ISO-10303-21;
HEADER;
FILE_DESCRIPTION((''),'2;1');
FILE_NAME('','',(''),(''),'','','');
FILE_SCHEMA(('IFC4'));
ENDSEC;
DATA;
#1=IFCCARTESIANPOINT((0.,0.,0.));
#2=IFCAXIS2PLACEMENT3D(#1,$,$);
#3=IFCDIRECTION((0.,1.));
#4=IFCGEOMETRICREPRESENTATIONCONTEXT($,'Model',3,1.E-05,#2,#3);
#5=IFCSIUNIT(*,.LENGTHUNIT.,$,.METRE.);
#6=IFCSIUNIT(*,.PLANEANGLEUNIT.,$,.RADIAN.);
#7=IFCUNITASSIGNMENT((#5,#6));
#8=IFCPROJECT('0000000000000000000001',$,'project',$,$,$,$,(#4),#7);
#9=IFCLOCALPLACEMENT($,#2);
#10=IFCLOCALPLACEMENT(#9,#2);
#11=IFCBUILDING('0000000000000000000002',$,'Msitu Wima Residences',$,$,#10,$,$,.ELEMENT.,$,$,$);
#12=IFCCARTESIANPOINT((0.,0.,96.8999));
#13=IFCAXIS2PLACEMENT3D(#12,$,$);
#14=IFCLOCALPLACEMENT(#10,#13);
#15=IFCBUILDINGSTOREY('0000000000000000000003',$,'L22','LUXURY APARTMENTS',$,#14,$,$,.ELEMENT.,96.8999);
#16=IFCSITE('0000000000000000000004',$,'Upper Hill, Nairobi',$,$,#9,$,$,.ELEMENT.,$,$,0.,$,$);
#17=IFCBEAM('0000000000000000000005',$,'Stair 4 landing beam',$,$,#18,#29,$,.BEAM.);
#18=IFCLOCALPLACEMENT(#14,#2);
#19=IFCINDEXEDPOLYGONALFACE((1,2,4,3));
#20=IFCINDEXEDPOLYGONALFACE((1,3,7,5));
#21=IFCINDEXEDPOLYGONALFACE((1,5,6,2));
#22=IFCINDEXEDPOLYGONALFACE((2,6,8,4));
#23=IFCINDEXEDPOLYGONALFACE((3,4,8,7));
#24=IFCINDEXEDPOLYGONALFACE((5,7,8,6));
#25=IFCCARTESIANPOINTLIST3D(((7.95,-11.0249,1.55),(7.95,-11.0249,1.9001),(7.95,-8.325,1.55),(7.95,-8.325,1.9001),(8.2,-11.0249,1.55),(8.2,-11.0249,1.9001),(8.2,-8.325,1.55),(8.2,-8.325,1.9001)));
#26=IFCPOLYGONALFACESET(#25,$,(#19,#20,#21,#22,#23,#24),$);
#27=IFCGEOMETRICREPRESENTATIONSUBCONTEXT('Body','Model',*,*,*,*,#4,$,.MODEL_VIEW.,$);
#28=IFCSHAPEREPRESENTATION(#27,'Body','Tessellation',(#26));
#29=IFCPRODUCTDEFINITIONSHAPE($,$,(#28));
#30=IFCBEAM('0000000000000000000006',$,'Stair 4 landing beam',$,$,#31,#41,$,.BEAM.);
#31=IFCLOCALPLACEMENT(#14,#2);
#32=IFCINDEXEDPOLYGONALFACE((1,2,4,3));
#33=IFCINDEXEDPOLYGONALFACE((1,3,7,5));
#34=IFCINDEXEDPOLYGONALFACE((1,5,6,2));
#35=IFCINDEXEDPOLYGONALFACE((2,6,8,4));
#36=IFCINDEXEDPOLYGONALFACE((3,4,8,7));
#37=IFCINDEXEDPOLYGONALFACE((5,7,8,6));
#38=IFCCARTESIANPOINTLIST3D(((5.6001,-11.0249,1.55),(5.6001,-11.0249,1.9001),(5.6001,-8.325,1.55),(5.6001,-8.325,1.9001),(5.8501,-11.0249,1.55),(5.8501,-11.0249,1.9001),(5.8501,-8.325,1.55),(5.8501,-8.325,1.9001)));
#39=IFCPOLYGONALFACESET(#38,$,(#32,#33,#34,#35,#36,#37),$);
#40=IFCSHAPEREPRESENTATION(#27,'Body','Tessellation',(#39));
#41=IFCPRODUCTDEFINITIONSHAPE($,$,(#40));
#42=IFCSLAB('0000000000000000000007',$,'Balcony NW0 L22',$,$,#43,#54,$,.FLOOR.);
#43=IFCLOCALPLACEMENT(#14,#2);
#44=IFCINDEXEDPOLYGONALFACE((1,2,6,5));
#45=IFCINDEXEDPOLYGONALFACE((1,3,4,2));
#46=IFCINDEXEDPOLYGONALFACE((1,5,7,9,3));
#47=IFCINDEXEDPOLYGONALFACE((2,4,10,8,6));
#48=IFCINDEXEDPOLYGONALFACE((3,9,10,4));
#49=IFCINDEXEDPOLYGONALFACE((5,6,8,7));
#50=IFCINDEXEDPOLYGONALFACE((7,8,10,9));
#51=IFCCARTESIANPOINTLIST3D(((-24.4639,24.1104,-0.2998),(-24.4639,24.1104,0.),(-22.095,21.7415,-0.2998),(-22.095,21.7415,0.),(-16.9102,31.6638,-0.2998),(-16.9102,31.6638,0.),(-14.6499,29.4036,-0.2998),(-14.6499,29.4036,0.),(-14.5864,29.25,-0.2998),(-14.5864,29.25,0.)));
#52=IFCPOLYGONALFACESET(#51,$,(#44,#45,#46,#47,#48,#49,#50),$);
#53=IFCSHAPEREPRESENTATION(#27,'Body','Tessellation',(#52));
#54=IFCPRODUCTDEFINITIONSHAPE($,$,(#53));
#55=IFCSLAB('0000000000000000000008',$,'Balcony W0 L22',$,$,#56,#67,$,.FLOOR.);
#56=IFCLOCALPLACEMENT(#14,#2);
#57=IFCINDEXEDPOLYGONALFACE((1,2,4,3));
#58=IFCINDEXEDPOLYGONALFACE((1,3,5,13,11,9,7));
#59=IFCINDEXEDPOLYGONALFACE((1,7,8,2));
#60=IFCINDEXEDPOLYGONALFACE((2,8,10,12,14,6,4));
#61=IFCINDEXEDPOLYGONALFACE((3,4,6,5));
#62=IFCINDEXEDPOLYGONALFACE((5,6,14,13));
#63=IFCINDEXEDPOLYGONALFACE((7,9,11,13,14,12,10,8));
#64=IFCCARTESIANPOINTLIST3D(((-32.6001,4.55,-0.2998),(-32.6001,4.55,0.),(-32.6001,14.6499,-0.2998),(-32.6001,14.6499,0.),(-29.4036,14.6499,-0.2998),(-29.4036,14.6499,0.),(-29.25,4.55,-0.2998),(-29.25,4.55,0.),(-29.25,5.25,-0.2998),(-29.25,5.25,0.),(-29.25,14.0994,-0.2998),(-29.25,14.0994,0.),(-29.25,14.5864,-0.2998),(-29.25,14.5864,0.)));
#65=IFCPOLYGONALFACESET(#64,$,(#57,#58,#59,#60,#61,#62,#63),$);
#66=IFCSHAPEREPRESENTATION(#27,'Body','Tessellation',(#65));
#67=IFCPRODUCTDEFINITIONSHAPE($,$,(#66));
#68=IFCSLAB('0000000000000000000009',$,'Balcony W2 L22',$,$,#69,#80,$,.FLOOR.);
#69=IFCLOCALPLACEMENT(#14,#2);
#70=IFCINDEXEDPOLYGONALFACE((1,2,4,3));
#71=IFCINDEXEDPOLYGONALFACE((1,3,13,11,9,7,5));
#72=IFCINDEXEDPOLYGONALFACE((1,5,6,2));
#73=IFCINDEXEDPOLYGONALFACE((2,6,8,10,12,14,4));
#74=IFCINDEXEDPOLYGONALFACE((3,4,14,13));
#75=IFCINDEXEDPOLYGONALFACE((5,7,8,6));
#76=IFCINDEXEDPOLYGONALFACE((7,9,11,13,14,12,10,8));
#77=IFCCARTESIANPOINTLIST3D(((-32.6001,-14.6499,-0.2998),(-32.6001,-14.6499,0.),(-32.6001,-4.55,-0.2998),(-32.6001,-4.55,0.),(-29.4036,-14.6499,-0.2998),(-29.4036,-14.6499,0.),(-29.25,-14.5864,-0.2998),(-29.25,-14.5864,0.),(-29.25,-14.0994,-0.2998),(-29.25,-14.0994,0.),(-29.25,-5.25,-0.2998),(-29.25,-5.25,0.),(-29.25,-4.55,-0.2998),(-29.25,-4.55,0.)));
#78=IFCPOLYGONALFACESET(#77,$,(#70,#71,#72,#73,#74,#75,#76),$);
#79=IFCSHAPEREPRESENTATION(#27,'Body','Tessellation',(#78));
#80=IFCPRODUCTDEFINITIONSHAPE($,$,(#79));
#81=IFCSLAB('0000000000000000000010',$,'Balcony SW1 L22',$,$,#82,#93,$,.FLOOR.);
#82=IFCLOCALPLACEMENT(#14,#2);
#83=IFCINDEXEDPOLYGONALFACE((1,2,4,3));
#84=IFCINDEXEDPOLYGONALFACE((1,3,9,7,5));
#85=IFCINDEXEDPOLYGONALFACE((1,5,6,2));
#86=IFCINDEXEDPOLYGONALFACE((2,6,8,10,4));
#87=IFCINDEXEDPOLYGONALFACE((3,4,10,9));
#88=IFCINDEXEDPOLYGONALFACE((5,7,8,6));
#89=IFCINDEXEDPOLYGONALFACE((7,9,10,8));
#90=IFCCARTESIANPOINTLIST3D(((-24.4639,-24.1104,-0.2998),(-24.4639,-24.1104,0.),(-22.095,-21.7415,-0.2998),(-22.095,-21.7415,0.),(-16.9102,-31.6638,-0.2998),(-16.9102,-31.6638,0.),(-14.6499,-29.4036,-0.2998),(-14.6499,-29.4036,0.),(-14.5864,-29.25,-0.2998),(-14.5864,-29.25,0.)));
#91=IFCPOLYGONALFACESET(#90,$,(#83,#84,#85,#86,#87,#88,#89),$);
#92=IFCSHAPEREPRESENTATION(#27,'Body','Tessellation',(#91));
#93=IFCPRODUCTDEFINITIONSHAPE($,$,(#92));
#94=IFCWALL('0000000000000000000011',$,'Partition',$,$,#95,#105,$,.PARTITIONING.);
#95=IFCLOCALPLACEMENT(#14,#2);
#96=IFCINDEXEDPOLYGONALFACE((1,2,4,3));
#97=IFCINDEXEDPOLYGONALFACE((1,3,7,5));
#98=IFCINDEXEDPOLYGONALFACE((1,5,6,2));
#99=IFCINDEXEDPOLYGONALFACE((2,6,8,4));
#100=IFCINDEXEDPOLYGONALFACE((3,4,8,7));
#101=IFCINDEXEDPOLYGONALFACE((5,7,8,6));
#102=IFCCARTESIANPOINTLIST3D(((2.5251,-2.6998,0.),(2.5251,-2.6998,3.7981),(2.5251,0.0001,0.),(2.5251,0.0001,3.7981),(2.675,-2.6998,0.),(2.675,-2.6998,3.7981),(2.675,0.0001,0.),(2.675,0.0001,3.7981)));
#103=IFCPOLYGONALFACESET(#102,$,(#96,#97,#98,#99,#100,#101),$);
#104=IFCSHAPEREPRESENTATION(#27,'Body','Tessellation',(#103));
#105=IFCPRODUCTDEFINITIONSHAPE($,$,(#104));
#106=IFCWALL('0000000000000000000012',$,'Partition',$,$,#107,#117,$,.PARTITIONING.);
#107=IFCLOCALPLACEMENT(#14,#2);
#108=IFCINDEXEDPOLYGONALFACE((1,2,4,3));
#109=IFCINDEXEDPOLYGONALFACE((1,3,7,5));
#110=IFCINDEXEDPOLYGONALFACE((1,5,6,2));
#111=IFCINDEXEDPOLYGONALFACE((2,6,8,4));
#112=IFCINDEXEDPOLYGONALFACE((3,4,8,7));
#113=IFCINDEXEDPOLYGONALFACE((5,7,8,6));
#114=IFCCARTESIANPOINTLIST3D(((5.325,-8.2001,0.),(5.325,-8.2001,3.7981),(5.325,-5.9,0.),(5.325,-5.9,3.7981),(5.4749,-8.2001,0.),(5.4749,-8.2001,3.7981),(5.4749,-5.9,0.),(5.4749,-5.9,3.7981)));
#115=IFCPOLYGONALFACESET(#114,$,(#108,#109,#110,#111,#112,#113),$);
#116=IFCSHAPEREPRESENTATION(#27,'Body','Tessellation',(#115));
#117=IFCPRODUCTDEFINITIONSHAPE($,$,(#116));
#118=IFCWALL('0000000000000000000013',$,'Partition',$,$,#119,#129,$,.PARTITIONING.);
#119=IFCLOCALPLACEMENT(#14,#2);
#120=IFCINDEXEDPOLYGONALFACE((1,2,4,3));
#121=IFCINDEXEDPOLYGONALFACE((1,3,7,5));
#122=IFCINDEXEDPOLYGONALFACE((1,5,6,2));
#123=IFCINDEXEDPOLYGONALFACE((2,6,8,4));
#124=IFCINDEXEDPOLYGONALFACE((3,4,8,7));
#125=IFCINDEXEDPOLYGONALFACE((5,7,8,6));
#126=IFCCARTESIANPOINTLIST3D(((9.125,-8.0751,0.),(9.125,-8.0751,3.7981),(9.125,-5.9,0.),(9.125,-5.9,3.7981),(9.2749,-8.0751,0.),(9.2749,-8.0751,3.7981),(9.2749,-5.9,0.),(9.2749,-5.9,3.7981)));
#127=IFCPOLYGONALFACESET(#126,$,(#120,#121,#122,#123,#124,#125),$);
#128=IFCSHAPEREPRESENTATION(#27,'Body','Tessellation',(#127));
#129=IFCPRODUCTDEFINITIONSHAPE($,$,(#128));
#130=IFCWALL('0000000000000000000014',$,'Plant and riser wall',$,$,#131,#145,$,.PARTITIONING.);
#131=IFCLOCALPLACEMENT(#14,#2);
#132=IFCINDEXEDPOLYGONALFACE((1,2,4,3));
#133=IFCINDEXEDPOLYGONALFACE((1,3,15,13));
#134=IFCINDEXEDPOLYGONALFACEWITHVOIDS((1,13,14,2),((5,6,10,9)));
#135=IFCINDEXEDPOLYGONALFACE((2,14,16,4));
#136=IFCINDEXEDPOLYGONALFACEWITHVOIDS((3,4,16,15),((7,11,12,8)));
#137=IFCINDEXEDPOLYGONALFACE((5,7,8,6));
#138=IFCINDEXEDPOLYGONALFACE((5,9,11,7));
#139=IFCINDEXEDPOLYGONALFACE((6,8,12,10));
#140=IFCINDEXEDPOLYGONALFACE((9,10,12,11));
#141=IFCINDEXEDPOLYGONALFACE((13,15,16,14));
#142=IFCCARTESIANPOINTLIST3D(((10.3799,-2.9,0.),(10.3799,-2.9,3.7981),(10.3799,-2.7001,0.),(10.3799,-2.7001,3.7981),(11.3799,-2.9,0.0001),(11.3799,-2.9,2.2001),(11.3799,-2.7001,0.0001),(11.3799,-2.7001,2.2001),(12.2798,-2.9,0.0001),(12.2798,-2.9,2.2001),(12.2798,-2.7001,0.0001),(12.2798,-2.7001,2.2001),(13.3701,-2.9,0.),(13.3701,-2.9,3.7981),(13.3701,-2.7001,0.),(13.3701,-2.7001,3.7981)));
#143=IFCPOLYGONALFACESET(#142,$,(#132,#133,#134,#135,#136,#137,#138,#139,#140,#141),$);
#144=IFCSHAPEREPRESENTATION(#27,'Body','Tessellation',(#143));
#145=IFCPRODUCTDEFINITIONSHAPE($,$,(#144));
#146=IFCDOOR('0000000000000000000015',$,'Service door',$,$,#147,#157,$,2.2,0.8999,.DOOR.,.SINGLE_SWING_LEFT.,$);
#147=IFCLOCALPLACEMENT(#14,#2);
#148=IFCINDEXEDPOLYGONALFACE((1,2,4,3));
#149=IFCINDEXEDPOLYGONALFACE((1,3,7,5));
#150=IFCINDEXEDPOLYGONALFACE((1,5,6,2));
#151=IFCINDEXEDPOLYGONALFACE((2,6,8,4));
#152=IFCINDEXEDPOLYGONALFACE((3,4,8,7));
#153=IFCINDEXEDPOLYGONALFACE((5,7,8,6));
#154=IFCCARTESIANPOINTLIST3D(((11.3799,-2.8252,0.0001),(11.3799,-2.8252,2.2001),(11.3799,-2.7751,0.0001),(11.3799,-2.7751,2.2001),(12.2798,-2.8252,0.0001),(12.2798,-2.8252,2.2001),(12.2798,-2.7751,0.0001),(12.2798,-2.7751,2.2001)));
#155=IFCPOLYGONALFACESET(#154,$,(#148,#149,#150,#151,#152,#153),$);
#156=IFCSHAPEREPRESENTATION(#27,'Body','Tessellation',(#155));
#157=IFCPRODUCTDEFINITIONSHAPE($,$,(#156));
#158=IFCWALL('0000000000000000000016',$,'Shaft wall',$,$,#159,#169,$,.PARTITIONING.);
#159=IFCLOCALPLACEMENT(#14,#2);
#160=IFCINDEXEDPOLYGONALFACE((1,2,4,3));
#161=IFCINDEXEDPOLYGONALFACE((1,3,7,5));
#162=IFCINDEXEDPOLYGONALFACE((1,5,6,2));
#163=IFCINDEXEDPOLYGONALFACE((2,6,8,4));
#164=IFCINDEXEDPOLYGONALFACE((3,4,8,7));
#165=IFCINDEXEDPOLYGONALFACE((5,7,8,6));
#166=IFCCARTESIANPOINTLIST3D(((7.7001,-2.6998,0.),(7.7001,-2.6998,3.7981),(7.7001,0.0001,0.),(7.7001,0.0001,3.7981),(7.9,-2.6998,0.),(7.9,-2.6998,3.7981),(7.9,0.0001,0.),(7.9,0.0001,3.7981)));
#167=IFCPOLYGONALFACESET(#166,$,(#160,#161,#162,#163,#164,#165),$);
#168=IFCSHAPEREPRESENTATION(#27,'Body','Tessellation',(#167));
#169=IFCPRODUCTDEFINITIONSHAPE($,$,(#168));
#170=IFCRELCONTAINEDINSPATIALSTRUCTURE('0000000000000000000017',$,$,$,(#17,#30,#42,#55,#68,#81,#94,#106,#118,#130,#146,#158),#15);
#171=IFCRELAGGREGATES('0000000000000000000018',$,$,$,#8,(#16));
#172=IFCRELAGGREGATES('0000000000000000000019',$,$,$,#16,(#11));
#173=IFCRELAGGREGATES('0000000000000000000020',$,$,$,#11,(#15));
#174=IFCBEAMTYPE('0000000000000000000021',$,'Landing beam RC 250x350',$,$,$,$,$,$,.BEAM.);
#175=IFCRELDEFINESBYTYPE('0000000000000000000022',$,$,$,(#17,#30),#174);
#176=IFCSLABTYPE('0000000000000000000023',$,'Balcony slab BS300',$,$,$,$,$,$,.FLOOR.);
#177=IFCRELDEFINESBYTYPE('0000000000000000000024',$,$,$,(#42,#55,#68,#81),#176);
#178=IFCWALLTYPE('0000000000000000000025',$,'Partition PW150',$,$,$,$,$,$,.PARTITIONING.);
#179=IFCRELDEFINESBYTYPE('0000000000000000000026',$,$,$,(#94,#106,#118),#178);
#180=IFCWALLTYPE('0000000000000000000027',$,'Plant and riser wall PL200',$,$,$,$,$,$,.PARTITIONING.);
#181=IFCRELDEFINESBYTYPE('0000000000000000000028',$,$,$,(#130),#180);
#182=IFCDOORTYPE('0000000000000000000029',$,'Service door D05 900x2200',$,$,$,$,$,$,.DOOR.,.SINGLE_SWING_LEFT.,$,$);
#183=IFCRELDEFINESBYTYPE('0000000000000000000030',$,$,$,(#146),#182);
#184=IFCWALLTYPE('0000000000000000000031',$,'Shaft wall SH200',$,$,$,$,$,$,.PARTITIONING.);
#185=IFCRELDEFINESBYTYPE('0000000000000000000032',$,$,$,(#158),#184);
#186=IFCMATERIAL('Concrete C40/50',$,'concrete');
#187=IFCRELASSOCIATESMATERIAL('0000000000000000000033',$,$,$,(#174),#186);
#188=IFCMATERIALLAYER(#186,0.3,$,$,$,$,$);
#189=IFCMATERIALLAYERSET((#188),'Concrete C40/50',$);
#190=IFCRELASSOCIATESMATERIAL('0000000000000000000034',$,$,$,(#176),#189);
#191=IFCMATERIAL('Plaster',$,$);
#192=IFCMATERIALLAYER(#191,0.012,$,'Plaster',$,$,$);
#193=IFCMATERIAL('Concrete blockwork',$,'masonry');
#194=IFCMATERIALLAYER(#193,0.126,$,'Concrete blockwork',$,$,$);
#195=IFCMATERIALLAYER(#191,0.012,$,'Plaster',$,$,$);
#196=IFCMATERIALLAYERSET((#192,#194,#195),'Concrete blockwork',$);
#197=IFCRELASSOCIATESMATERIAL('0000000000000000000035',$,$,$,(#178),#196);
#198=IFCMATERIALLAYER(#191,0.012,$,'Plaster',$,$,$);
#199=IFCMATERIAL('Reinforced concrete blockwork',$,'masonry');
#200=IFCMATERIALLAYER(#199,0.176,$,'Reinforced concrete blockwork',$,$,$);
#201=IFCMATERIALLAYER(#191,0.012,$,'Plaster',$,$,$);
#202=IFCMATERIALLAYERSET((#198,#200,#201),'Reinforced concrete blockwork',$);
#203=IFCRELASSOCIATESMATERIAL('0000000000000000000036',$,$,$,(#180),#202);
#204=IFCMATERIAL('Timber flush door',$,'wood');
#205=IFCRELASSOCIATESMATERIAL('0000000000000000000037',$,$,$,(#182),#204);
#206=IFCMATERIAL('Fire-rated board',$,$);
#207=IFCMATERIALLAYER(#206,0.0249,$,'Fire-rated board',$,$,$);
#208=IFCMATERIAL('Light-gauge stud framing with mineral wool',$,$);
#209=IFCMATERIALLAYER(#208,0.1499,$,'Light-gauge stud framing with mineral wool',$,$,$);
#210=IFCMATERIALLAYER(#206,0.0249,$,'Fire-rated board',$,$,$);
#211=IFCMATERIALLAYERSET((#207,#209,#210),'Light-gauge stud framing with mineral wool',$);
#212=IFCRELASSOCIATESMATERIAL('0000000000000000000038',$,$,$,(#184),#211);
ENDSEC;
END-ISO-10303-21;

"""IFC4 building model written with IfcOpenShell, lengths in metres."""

from ifc_helpers import new_model, si_unit, direction, frame, frame_2d, origin, origin_2d, place, context, subcontext, project, spatial, polyline, rectangle, outline, extrude, material, layer, layer_set, material_profile, profile_set, type_object, element, fill, save


model = new_model("IFC4")

# Units and contexts
model_context = context("Model", 3, precision=1e-05, world=origin(), true_north=direction((0.0, 1.0)))
body_context = subcontext(model_context, "Body", "Model", "MODEL_VIEW")
ifc_project = project(units=[si_unit("LENGTHUNIT", "METRE"), si_unit("PLANEANGLEUNIT", "RADIAN")], contexts=[model_context])

# Site, building, storey
site_placement = place(None, origin())
site = spatial("IfcSite", under=ifc_project, at=site_placement, Name="Upper Hill, Nairobi", CompositionType="ELEMENT", RefElevation=0.0)
building_placement = place(site_placement, origin())
building = spatial("IfcBuilding", under=site, at=building_placement, Name="Msitu Wima Residences", CompositionType="ELEMENT")
storey_placement = place(building_placement, frame((0.0, 0.0, 96.8999)))
storey = spatial("IfcBuildingStorey", under=building, at=storey_placement, Name="L22", Description="LUXURY APARTMENTS", CompositionType="ELEMENT", Elevation=96.8999)

# Beams
ifc_material_1 = material(Name="Concrete C40/50", Category="concrete")
ifc_material_profile = material_profile(ifc_material_1, rectangle(XDim=0.25, YDim=0.3501, at=origin_2d()), Name="RC 250x350")
ifc_profile_set = profile_set([ifc_material_profile], Name="Concrete C40/50")
beam_type = type_object("IfcBeamType", Name="Landing beam RC 250x350", PredefinedType="BEAM", material=ifc_profile_set)
for number, where, z_axis, x_axis, name in (
    (1, (8.075, -11.0249, 1.7251), (0.0, 1.0, 0.0), (-1.0, 0.0, 0.0), "Stair 4 landing beam"),
    (2, (5.7251, -11.0249, 1.7251), (0.0, 1.0, 0.0), (-1.0, 0.0, 0.0), "Stair 4 landing beam"),
):
    element("IfcBeam", number, at=place(storey_placement, frame(where, z_axis=z_axis, x_axis=x_axis)), inside=storey, type_object=beam_type, Name=name, PredefinedType="BEAM", context=body_context, shape_type="SweptSolid", body=[
        extrude(rectangle(XDim=0.25, YDim=0.3501, at=origin_2d()), origin(), (0.0, 0.0, 1.0), 2.7),
    ])

# Slabs
ifc_layer_1 = layer(ifc_material_1, 0.3)
ifc_layer_set_1 = layer_set([ifc_layer_1], Name="Concrete C40/50")
slab_type = type_object("IfcSlabType", Name="Balcony slab BS300", PredefinedType="FLOOR", material=ifc_layer_set_1)
slab_1_placement = place(storey_placement, frame((0.0, 0.0, -0.2998)))
element("IfcSlab", 3, at=slab_1_placement, inside=storey, type_object=slab_type, Name="Balcony NW0 L22", PredefinedType="FLOOR", context=body_context, shape_type="SweptSolid", body=[
    extrude(outline(polyline([(-24.4639, 24.1104), (-16.9102, 31.6638), (-14.6499, 29.4036), (-14.5864, 29.25), (-22.095, 21.7415), (-24.4639, 24.1104)])), origin(), (0.0, 0.0, 1.0), 0.2998),
])
slab_2_placement = place(storey_placement, frame((0.0, 0.0, -0.2998)))
element("IfcSlab", 4, at=slab_2_placement, inside=storey, type_object=slab_type, Name="Balcony W0 L22", PredefinedType="FLOOR", context=body_context, shape_type="SweptSolid", body=[
    extrude(outline(polyline([(-29.25, 14.0994), (-29.25, 14.0994), (-29.25, 5.25), (-29.25, 4.55), (-32.6001, 4.55), (-32.6001, 14.6499), (-29.4036, 14.6499), (-29.25, 14.5864), (-29.25, 14.0994), (-29.25, 14.0994)])), origin(), (0.0, 0.0, 1.0), 0.2998),
])
slab_3_placement = place(storey_placement, frame((0.0, 0.0, -0.2998)))
element("IfcSlab", 5, at=slab_3_placement, inside=storey, type_object=slab_type, Name="Balcony W2 L22", PredefinedType="FLOOR", context=body_context, shape_type="SweptSolid", body=[
    extrude(outline(polyline([(-29.25, -14.0994), (-29.25, -14.0994), (-29.25, -14.0994), (-29.25, -14.5864), (-29.4036, -14.6499), (-32.6001, -14.6499), (-32.6001, -4.55), (-29.25, -4.55), (-29.25, -5.25), (-29.25, -14.0994)])), origin(), (0.0, 0.0, 1.0), 0.2998),
])
slab_4_placement = place(storey_placement, frame((0.0, 0.0, -0.2998)))
element("IfcSlab", 6, at=slab_4_placement, inside=storey, type_object=slab_type, Name="Balcony SW1 L22", PredefinedType="FLOOR", context=body_context, shape_type="SweptSolid", body=[
    extrude(outline(polyline([(-16.9102, -31.6638), (-24.4639, -24.1104), (-22.095, -21.7415), (-14.5864, -29.25), (-14.6499, -29.4036), (-16.9102, -31.6638)])), origin(), (0.0, 0.0, 1.0), 0.2998),
])

# Walls
ifc_material_2 = material(Name="Plaster")
ifc_layer_2 = layer(ifc_material_2, 0.012, Name="Plaster")
ifc_material_3 = material(Name="Concrete blockwork", Category="masonry")
ifc_layer_3 = layer(ifc_material_3, 0.126, Name="Concrete blockwork")
ifc_layer_4 = layer(ifc_material_2, 0.012, Name="Plaster")
ifc_layer_set_2 = layer_set([ifc_layer_2, ifc_layer_3, ifc_layer_4], Name="Concrete blockwork")
wall_type_1 = type_object("IfcWallType", Name="Partition PW150", PredefinedType="PARTITIONING", material=ifc_layer_set_2)
wall_1_placement = place(storey_placement, frame((2.6001, -2.7, 0.0), z_axis=(0.0, 0.0, 1.0), x_axis=(0.0, 1.0, 0.0)))
element("IfcWall", 7, at=wall_1_placement, inside=storey, type_object=wall_type_1, Name="Partition", PredefinedType="PARTITIONING", context=body_context, shape_type="SweptSolid", body=[
    extrude(rectangle(XDim=2.7, YDim=0.1499, at=frame_2d((1.3501, 0.0))), origin(), (0.0, 0.0, 1.0), 3.7981),
])
wall_2_placement = place(storey_placement, frame((5.3999, -8.2, 0.0), z_axis=(0.0, 0.0, 1.0), x_axis=(0.0, 1.0, 0.0)))
element("IfcWall", 8, at=wall_2_placement, inside=storey, type_object=wall_type_1, Name="Partition", PredefinedType="PARTITIONING", context=body_context, shape_type="SweptSolid", body=[
    extrude(rectangle(XDim=2.3, YDim=0.1499, at=frame_2d((1.1499, 0.0))), origin(), (0.0, 0.0, 1.0), 3.7981),
])
wall_3_placement = place(storey_placement, frame((9.2, -8.075, 0.0), z_axis=(0.0, 0.0, 1.0), x_axis=(0.0, 1.0, 0.0)))
element("IfcWall", 9, at=wall_3_placement, inside=storey, type_object=wall_type_1, Name="Partition", PredefinedType="PARTITIONING", context=body_context, shape_type="SweptSolid", body=[
    extrude(rectangle(XDim=2.175, YDim=0.1499, at=frame_2d((1.0874, 0.0))), origin(), (0.0, 0.0, 1.0), 3.7981),
])

# Wall, opening, door
ifc_layer_5 = layer(ifc_material_2, 0.012, Name="Plaster")
ifc_material_4 = material(Name="Reinforced concrete blockwork", Category="masonry")
ifc_layer_6 = layer(ifc_material_4, 0.176, Name="Reinforced concrete blockwork")
ifc_layer_7 = layer(ifc_material_2, 0.012, Name="Plaster")
ifc_layer_set_3 = layer_set([ifc_layer_5, ifc_layer_6, ifc_layer_7], Name="Reinforced concrete blockwork")
wall_type_2 = type_object("IfcWallType", Name="Plant and riser wall PL200", PredefinedType="PARTITIONING", material=ifc_layer_set_3)
wall_4_placement = place(storey_placement, frame((10.3799, -2.8, 0.0), z_axis=(0.0, 0.0, 1.0), x_axis=(1.0, 0.0, 0.0)))
wall_4 = element("IfcWall", 10, at=wall_4_placement, inside=storey, type_object=wall_type_2, Name="Plant and riser wall", PredefinedType="PARTITIONING", context=body_context, shape_type="SweptSolid", body=[
    extrude(rectangle(XDim=2.9902, YDim=0.2, at=frame_2d((1.4951, 0.0))), origin(), (0.0, 0.0, 1.0), 3.7981),
])
opening_placement = place(wall_4_placement, frame((1.0, 0.0, 0.0)))
opening = element("IfcOpeningElement", 11, at=opening_placement, cuts=wall_4, PredefinedType="OPENING", context=body_context, shape_type="SweptSolid", body=[
    extrude(rectangle(XDim=0.8999, YDim=2.2, at=frame_2d((0.45, 1.1001))), frame((0.0, 0.1099, 0.0), z_axis=(0.0, -1.0, 0.0), x_axis=(1.0, 0.0, 0.0)), (0.0, 0.0, 1.0), 0.22),
])
ifc_material_5 = material(Name="Timber flush door", Category="wood")
door_type = type_object("IfcDoorType", Name="Service door D05 900x2200", OperationType="SINGLE_SWING_LEFT", PredefinedType="DOOR", material=ifc_material_5)
door_placement = place(opening_placement, origin())
door = element("IfcDoor", 12, at=door_placement, inside=storey, type_object=door_type, Name="Service door", OperationType="SINGLE_SWING_LEFT", OverallHeight=2.2, OverallWidth=0.8999, PredefinedType="DOOR", context=body_context, shape_type="SweptSolid", body=[
    extrude(rectangle(XDim=0.8999, YDim=2.2, at=frame_2d((0.45, 1.1001))), frame((0.0, 0.0249, 0.0), z_axis=(0.0, -1.0, 0.0), x_axis=(1.0, 0.0, 0.0)), (0.0, 0.0, 1.0), 0.05),
])
fill(opening, door)

# Wall
ifc_material_6 = material(Name="Fire-rated board")
ifc_layer_8 = layer(ifc_material_6, 0.0249, Name="Fire-rated board")
ifc_material_7 = material(Name="Light-gauge stud framing with mineral wool")
ifc_layer_9 = layer(ifc_material_7, 0.1499, Name="Light-gauge stud framing with mineral wool")
ifc_layer_10 = layer(ifc_material_6, 0.0249, Name="Fire-rated board")
ifc_layer_set_4 = layer_set([ifc_layer_8, ifc_layer_9, ifc_layer_10], Name="Light-gauge stud framing with mineral wool")
wall_type_3 = type_object("IfcWallType", Name="Shaft wall SH200", PredefinedType="PARTITIONING", material=ifc_layer_set_4)
wall_5_placement = place(storey_placement, frame((7.8, -2.7, 0.0), z_axis=(0.0, 0.0, 1.0), x_axis=(0.0, 1.0, 0.0)))
element("IfcWall", 13, at=wall_5_placement, inside=storey, type_object=wall_type_3, Name="Shaft wall", PredefinedType="PARTITIONING", context=body_context, shape_type="SweptSolid", body=[
    extrude(rectangle(XDim=2.7, YDim=0.2, at=frame_2d((1.3501, 0.0))), origin(), (0.0, 0.0, 1.0), 3.7981),
])

save(model, "model.ifc")
